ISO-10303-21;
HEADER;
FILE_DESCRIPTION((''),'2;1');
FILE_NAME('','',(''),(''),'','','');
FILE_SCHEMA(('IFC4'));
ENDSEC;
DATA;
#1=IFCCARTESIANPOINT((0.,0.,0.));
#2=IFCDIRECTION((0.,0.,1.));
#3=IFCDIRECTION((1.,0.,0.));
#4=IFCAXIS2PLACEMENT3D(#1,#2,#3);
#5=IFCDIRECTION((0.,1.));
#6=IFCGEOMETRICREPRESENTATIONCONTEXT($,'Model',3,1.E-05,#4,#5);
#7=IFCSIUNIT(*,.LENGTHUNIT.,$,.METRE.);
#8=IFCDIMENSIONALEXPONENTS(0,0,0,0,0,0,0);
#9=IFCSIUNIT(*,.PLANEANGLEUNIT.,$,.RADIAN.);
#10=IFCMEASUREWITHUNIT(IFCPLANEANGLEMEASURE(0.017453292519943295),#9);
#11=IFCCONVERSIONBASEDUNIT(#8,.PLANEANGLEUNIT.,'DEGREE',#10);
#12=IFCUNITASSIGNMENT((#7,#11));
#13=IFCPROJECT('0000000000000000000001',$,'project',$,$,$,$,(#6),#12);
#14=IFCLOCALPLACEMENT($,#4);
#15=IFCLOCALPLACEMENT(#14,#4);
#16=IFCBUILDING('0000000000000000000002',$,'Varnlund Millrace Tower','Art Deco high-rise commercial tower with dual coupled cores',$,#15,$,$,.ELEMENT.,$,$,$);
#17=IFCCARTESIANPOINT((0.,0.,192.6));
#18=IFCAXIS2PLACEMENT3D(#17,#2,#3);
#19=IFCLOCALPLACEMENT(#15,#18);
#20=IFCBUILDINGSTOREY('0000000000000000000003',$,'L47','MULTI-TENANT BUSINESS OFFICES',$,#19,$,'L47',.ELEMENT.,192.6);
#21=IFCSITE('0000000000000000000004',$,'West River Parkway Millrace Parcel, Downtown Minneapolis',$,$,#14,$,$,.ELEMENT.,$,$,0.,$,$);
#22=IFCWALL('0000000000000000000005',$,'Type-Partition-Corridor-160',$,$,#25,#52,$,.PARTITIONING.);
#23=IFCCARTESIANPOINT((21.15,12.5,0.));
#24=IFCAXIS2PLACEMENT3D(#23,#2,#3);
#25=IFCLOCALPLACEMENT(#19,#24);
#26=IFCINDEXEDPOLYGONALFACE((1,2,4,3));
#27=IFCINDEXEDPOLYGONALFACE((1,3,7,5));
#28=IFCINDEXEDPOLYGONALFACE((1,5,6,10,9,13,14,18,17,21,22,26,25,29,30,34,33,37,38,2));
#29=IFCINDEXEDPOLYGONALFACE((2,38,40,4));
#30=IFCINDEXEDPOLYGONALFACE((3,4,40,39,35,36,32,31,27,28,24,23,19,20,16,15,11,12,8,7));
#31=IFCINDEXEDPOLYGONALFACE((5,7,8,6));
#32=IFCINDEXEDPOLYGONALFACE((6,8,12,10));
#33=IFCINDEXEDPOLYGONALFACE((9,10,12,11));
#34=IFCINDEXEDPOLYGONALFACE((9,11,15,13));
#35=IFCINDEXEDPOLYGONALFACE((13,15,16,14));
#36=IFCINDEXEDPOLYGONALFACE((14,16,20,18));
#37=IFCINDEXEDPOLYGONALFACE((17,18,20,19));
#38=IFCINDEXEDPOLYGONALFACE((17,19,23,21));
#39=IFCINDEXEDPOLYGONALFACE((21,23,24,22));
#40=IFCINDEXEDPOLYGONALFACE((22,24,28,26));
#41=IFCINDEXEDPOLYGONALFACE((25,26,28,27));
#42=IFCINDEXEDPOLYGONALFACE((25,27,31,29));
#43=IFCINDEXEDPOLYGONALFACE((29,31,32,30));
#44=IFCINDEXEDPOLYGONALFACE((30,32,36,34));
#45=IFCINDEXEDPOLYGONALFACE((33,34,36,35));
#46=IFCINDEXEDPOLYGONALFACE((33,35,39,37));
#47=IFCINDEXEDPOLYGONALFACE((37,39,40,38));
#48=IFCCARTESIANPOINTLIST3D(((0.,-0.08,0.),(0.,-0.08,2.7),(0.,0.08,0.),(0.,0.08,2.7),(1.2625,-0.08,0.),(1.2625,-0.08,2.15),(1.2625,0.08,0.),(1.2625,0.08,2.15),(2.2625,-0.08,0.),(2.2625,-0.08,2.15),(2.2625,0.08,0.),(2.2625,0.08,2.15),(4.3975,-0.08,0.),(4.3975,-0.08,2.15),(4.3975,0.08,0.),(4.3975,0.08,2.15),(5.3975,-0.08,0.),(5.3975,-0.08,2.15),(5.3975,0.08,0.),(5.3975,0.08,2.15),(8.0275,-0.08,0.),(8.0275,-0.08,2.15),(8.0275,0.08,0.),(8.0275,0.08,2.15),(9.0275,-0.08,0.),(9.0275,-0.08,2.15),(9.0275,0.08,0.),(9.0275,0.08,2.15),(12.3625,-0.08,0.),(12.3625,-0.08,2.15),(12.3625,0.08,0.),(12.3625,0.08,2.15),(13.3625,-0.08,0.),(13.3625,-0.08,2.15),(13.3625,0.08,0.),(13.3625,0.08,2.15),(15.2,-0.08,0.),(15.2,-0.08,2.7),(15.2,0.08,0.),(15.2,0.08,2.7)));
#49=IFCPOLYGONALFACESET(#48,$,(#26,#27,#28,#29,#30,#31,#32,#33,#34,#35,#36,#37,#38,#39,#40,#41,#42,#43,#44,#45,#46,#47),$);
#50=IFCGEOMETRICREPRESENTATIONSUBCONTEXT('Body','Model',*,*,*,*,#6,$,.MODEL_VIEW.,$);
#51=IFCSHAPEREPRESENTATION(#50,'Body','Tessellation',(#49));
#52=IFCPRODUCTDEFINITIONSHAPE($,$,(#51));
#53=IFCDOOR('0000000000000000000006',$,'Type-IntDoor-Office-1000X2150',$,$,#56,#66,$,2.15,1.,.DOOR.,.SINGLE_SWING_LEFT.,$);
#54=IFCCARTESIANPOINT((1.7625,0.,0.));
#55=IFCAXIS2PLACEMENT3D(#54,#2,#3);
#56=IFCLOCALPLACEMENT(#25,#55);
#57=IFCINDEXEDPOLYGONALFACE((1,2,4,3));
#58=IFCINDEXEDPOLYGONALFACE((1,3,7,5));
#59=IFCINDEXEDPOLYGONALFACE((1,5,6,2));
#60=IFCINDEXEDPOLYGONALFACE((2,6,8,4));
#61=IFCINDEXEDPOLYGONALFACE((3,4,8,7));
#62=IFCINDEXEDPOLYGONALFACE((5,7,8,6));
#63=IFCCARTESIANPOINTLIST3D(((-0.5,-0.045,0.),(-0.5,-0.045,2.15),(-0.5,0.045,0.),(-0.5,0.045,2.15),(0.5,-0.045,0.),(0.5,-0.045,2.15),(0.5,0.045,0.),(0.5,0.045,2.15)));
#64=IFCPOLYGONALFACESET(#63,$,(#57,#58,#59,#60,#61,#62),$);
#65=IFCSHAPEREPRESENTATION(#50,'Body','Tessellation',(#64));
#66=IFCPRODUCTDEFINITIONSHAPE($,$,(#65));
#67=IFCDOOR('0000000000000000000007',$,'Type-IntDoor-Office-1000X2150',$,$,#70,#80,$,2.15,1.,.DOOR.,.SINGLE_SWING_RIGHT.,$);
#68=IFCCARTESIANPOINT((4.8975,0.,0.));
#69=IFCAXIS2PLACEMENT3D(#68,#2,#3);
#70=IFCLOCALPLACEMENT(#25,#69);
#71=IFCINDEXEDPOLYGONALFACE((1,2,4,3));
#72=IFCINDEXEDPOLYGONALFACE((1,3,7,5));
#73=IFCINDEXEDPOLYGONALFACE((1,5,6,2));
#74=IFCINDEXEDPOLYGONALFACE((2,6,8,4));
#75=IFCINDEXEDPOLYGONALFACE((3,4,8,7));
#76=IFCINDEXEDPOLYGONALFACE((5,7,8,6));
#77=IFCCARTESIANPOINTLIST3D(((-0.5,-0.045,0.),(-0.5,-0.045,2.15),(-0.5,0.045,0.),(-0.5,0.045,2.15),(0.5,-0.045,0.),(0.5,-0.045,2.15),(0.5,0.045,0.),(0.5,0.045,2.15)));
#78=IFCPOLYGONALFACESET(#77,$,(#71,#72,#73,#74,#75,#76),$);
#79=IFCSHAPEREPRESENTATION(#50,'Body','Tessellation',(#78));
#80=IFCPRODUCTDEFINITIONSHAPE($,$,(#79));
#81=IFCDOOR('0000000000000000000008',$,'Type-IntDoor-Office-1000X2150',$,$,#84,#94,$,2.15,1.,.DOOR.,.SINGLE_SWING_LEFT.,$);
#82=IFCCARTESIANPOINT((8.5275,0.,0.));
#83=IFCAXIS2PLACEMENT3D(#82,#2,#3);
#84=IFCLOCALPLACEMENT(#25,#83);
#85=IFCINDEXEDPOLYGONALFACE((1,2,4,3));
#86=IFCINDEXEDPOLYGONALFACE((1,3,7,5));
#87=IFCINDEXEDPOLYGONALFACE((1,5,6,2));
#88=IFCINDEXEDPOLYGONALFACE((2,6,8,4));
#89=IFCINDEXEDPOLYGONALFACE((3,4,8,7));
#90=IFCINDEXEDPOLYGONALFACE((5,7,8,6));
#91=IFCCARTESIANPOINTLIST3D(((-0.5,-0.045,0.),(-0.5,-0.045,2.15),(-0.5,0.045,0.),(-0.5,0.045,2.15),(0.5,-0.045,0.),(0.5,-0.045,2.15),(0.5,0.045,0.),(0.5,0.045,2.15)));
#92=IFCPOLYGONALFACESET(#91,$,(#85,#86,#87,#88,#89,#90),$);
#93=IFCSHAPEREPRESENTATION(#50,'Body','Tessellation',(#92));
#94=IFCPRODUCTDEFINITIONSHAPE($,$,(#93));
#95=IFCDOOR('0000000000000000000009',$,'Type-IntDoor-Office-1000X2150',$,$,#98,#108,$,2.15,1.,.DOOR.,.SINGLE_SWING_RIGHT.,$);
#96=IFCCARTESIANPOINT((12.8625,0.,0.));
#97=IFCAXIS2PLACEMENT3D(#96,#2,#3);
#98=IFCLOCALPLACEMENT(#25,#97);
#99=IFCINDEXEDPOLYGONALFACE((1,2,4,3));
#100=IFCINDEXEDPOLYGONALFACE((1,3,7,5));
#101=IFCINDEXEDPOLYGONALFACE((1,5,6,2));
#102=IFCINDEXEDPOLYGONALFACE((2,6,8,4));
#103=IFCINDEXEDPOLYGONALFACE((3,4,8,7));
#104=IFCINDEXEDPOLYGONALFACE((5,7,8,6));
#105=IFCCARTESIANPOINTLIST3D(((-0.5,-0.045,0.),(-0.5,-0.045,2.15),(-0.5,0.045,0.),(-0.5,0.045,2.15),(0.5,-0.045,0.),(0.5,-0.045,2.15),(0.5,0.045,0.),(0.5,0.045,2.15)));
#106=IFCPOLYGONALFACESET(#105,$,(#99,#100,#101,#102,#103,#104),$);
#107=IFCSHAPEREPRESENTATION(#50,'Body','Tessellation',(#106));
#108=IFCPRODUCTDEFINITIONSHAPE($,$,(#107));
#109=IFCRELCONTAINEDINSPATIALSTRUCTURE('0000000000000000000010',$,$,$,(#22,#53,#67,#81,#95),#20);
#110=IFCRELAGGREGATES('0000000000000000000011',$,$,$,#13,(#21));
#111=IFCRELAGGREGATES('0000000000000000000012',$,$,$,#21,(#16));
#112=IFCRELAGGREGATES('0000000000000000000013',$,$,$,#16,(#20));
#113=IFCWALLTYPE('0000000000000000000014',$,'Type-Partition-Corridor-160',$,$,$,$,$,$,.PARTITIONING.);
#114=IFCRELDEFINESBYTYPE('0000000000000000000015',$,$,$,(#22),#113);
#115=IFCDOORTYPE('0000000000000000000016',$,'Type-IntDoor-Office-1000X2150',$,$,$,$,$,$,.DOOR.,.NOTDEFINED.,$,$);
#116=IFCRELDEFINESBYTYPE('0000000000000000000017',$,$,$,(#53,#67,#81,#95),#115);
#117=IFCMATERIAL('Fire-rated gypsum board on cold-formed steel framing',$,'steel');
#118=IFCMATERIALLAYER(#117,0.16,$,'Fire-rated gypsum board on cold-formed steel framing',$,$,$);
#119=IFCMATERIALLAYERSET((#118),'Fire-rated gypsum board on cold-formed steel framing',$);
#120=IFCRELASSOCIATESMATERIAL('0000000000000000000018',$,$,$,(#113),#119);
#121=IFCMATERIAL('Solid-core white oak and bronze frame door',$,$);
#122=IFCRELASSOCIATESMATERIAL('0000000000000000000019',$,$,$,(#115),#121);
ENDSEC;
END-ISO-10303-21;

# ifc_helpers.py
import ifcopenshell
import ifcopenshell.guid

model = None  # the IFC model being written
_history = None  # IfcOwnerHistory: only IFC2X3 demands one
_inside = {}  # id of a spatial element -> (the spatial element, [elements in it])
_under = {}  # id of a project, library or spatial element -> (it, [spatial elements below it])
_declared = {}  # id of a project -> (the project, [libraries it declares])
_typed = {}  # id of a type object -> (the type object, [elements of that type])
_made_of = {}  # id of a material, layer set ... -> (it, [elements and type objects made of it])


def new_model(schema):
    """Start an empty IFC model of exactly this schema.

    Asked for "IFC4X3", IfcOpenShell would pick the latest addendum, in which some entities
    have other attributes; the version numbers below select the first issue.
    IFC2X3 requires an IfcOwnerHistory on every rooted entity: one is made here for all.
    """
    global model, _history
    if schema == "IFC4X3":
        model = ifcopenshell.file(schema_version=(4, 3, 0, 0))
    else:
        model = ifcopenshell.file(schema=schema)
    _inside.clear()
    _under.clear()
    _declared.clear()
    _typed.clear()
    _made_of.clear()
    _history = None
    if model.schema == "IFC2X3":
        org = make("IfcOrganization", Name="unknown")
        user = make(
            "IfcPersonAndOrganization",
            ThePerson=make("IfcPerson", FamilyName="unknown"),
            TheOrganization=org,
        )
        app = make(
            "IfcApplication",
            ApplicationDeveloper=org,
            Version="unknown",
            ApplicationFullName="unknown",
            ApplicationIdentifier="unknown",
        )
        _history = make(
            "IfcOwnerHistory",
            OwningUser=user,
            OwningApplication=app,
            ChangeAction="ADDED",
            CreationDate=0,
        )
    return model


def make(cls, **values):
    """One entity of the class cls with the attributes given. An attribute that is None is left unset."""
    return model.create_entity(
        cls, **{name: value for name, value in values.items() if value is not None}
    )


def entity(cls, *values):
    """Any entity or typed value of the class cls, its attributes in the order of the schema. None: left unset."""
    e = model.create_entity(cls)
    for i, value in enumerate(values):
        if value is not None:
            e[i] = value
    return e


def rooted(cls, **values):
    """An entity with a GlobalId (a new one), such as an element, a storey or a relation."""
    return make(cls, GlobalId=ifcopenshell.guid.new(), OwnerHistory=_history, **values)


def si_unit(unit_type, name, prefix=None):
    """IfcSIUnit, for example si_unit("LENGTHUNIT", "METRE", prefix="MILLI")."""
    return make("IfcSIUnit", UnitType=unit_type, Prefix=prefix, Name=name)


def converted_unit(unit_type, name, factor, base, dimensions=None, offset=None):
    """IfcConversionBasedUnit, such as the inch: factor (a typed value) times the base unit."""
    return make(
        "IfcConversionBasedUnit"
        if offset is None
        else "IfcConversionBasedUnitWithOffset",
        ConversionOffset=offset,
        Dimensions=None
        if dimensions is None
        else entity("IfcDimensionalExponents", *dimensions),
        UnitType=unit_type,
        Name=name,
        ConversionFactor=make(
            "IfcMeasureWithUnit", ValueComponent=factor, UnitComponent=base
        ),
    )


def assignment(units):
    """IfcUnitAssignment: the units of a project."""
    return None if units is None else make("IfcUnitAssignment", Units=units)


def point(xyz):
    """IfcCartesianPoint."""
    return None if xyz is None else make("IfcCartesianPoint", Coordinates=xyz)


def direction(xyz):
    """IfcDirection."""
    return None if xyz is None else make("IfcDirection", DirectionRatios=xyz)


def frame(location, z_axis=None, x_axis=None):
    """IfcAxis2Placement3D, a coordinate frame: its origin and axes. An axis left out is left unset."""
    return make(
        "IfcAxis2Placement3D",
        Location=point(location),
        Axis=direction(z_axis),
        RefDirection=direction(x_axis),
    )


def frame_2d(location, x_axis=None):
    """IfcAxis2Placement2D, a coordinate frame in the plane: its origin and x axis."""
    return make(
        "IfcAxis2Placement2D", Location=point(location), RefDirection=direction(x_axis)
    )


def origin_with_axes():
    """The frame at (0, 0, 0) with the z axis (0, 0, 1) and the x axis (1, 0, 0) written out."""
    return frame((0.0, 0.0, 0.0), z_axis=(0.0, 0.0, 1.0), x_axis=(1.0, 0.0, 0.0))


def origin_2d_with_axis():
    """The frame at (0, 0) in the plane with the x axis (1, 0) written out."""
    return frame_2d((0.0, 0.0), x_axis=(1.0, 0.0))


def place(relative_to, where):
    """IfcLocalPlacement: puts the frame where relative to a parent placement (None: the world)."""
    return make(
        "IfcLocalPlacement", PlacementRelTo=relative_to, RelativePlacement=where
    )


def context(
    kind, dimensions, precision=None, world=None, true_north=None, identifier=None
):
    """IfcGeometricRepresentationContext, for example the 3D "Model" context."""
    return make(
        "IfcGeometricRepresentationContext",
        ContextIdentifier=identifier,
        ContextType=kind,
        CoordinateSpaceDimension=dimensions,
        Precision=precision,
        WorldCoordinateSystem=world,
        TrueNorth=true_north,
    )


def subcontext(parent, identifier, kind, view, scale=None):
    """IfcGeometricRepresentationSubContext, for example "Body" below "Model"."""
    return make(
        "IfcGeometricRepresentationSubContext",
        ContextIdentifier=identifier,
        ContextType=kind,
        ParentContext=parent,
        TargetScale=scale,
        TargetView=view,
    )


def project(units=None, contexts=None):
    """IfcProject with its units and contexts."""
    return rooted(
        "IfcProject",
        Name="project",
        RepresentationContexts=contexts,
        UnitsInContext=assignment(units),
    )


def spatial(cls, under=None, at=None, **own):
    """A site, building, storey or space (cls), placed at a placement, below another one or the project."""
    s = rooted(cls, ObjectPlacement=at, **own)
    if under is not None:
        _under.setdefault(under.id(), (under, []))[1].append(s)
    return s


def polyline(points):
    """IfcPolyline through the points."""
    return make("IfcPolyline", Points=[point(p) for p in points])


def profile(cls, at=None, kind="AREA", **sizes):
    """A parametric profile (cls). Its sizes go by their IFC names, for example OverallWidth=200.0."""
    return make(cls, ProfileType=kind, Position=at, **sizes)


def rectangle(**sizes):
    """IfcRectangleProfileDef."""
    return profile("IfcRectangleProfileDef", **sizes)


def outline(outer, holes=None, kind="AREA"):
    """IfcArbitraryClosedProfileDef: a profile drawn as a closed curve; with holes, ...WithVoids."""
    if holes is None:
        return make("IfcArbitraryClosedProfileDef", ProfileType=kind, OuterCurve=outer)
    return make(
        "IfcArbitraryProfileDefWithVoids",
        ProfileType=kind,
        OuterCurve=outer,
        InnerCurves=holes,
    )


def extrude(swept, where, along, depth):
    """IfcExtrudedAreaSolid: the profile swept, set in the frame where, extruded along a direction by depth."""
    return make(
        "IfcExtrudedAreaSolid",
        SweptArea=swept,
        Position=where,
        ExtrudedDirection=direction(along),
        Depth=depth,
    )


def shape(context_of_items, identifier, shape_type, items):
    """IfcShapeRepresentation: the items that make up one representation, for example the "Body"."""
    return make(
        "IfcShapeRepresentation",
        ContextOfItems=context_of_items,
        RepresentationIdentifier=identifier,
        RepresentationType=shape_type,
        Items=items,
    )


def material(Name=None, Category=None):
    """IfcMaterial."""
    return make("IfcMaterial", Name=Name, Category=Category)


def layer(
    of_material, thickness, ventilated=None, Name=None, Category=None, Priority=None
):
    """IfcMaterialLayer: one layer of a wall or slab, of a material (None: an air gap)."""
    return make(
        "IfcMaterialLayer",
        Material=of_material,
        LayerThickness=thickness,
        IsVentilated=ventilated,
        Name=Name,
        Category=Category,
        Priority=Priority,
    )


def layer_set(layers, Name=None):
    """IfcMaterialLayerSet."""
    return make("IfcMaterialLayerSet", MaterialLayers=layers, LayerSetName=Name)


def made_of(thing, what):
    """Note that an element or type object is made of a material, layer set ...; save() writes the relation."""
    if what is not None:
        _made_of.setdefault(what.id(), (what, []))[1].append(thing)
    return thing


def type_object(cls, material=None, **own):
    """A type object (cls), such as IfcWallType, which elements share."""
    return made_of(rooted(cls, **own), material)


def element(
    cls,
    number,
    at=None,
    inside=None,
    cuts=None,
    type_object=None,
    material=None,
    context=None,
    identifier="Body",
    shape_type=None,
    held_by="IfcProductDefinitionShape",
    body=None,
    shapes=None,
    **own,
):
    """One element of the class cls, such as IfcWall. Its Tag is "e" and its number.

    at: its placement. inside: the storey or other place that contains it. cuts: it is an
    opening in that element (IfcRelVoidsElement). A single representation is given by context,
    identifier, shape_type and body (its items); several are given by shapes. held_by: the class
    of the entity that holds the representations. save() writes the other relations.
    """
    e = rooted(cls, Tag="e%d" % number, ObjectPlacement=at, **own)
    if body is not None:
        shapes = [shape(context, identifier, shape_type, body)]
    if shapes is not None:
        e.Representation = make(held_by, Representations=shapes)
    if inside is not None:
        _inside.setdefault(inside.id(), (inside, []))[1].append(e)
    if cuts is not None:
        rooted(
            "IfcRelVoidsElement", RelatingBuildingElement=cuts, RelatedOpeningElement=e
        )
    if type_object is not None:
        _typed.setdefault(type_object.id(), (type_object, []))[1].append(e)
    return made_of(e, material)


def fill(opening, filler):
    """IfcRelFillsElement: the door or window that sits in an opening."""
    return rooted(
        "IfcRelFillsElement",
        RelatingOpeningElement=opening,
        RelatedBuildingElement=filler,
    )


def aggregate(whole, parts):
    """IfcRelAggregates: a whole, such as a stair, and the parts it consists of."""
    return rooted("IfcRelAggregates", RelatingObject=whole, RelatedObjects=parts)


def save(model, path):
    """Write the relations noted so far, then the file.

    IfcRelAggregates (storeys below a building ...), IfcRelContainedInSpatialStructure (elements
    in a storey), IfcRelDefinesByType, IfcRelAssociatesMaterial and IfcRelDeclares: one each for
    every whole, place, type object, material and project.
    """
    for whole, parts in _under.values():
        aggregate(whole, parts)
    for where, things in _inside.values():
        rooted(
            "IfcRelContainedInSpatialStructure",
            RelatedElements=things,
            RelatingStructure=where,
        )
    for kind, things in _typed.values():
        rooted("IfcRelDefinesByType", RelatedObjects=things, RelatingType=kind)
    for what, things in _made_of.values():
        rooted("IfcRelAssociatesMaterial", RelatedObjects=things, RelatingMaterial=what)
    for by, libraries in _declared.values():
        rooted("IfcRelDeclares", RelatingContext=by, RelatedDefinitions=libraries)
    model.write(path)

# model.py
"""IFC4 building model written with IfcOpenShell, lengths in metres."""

from ifc_helpers import new_model, entity, si_unit, converted_unit, direction, frame, origin_with_axes, origin_2d_with_axis, place, context, subcontext, project, spatial, polyline, rectangle, outline, extrude, material, layer, layer_set, type_object, element, fill, save


model = new_model("IFC4")

# Units and contexts
model_context = context("Model", 3, precision=1e-05, world=origin_with_axes(), true_north=direction((0.0, 1.0)))
body_context = subcontext(model_context, "Body", "Model", "MODEL_VIEW")
ifc_project = project(units=[si_unit("LENGTHUNIT", "METRE"), converted_unit("PLANEANGLEUNIT", "DEGREE", entity("IfcPlaneAngleMeasure", 0.017453292519943295), si_unit("PLANEANGLEUNIT", "RADIAN"), dimensions=[0, 0, 0, 0, 0, 0, 0])], contexts=[model_context])

# Site, building, storey
site_placement = place(None, origin_with_axes())
site = spatial("IfcSite", under=ifc_project, at=site_placement, Name="West River Parkway Millrace Parcel, Downtown Minneapolis", CompositionType="ELEMENT", RefElevation=0.0)
building_placement = place(site_placement, origin_with_axes())
building = spatial("IfcBuilding", under=site, at=building_placement, Name="Varnlund Millrace Tower", Description="Art Deco high-rise commercial tower with dual coupled cores", CompositionType="ELEMENT")
storey_placement = place(building_placement, frame((0.0, 0.0, 192.6), z_axis=(0.0, 0.0, 1.0), x_axis=(1.0, 0.0, 0.0)))
storey = spatial("IfcBuildingStorey", under=building, at=storey_placement, Name="L47", Description="MULTI-TENANT BUSINESS OFFICES", LongName="L47", CompositionType="ELEMENT", Elevation=192.6)

# Wall, openings, doors
ifc_material_1 = material(Name="Fire-rated gypsum board on cold-formed steel framing", Category="steel")
ifc_layer_1 = layer(ifc_material_1, 0.16, Name="Fire-rated gypsum board on cold-formed steel framing")
ifc_layer_set_1 = layer_set([ifc_layer_1], Name="Fire-rated gypsum board on cold-formed steel framing")
wall_type_1 = type_object("IfcWallType", Name="Type-Partition-Corridor-160", PredefinedType="PARTITIONING", material=ifc_layer_set_1)
ifc_material_2 = material(Name="Solid-core white oak and bronze frame door")
door_type_1 = type_object("IfcDoorType", Name="Type-IntDoor-Office-1000X2150", OperationType="NOTDEFINED", PredefinedType="DOOR", material=ifc_material_2)
wall_1_placement = place(storey_placement, frame((21.15, 12.5, 0.0), z_axis=(0.0, 0.0, 1.0), x_axis=(1.0, 0.0, 0.0)))
wall_1 = element("IfcWall", 1, at=wall_1_placement, inside=storey, type_object=wall_type_1, Name="Type-Partition-Corridor-160", PredefinedType="PARTITIONING", context=body_context, shape_type="SweptSolid", body=[
    extrude(outline(polyline([(0.0, -0.08), (15.2, -0.08), (15.2, 0.08), (0.0, 0.08), (0.0, -0.08)])), origin_with_axes(), (0.0, 0.0, 1.0), 2.7),
])
opening_1_placement = place(wall_1_placement, frame((1.7625, 0.0, 0.0), z_axis=(0.0, 0.0, 1.0), x_axis=(1.0, 0.0, 0.0)))
opening_1 = element("IfcOpeningElement", 2, at=opening_1_placement, cuts=wall_1, PredefinedType="OPENING", context=body_context, shape_type="SweptSolid", body=[
    extrude(rectangle(XDim=1.0, YDim=0.18, at=origin_2d_with_axis()), origin_with_axes(), (0.0, 0.0, 1.0), 2.15),
])
opening_2_placement = place(wall_1_placement, frame((4.8975, 0.0, 0.0), z_axis=(0.0, 0.0, 1.0), x_axis=(1.0, 0.0, 0.0)))
opening_2 = element("IfcOpeningElement", 3, at=opening_2_placement, cuts=wall_1, PredefinedType="OPENING", context=body_context, shape_type="SweptSolid", body=[
    extrude(rectangle(XDim=1.0, YDim=0.18, at=origin_2d_with_axis()), origin_with_axes(), (0.0, 0.0, 1.0), 2.15),
])
opening_3_placement = place(wall_1_placement, frame((8.5275, 0.0, 0.0), z_axis=(0.0, 0.0, 1.0), x_axis=(1.0, 0.0, 0.0)))
opening_3 = element("IfcOpeningElement", 4, at=opening_3_placement, cuts=wall_1, PredefinedType="OPENING", context=body_context, shape_type="SweptSolid", body=[
    extrude(rectangle(XDim=1.0, YDim=0.18, at=origin_2d_with_axis()), origin_with_axes(), (0.0, 0.0, 1.0), 2.15),
])
opening_4_placement = place(wall_1_placement, frame((12.8625, 0.0, 0.0), z_axis=(0.0, 0.0, 1.0), x_axis=(1.0, 0.0, 0.0)))
opening_4 = element("IfcOpeningElement", 5, at=opening_4_placement, cuts=wall_1, PredefinedType="OPENING", context=body_context, shape_type="SweptSolid", body=[
    extrude(rectangle(XDim=1.0, YDim=0.18, at=origin_2d_with_axis()), origin_with_axes(), (0.0, 0.0, 1.0), 2.15),
])
door_1_placement = place(wall_1_placement, frame((1.7625, 0.0, 0.0), z_axis=(0.0, 0.0, 1.0), x_axis=(1.0, 0.0, 0.0)))
door_1 = element("IfcDoor", 6, at=door_1_placement, inside=storey, type_object=door_type_1, Name="Type-IntDoor-Office-1000X2150", OperationType="SINGLE_SWING_LEFT", OverallHeight=2.15, OverallWidth=1.0, PredefinedType="DOOR", context=body_context, shape_type="SweptSolid", body=[
    extrude(rectangle(XDim=1.0, YDim=0.09, at=origin_2d_with_axis()), origin_with_axes(), (0.0, 0.0, 1.0), 2.15),
])
fill(opening_1, door_1)
door_2_placement = place(wall_1_placement, frame((4.8975, 0.0, 0.0), z_axis=(0.0, 0.0, 1.0), x_axis=(1.0, 0.0, 0.0)))
door_2 = element("IfcDoor", 7, at=door_2_placement, inside=storey, type_object=door_type_1, Name="Type-IntDoor-Office-1000X2150", OperationType="SINGLE_SWING_RIGHT", OverallHeight=2.15, OverallWidth=1.0, PredefinedType="DOOR", context=body_context, shape_type="SweptSolid", body=[
    extrude(rectangle(XDim=1.0, YDim=0.09, at=origin_2d_with_axis()), origin_with_axes(), (0.0, 0.0, 1.0), 2.15),
])
fill(opening_2, door_2)
door_3_placement = place(wall_1_placement, frame((8.5275, 0.0, 0.0), z_axis=(0.0, 0.0, 1.0), x_axis=(1.0, 0.0, 0.0)))
door_3 = element("IfcDoor", 8, at=door_3_placement, inside=storey, type_object=door_type_1, Name="Type-IntDoor-Office-1000X2150", OperationType="SINGLE_SWING_LEFT", OverallHeight=2.15, OverallWidth=1.0, PredefinedType="DOOR", context=body_context, shape_type="SweptSolid", body=[
    extrude(rectangle(XDim=1.0, YDim=0.09, at=origin_2d_with_axis()), origin_with_axes(), (0.0, 0.0, 1.0), 2.15),
])
fill(opening_3, door_3)
door_4_placement = place(wall_1_placement, frame((12.8625, 0.0, 0.0), z_axis=(0.0, 0.0, 1.0), x_axis=(1.0, 0.0, 0.0)))
door_4 = element("IfcDoor", 9, at=door_4_placement, inside=storey, type_object=door_type_1, Name="Type-IntDoor-Office-1000X2150", OperationType="SINGLE_SWING_RIGHT", OverallHeight=2.15, OverallWidth=1.0, PredefinedType="DOOR", context=body_context, shape_type="SweptSolid", body=[
    extrude(rectangle(XDim=1.0, YDim=0.09, at=origin_2d_with_axis()), origin_with_axes(), (0.0, 0.0, 1.0), 2.15),
])
fill(opening_4, door_4)

save(model, "model.ifc")
